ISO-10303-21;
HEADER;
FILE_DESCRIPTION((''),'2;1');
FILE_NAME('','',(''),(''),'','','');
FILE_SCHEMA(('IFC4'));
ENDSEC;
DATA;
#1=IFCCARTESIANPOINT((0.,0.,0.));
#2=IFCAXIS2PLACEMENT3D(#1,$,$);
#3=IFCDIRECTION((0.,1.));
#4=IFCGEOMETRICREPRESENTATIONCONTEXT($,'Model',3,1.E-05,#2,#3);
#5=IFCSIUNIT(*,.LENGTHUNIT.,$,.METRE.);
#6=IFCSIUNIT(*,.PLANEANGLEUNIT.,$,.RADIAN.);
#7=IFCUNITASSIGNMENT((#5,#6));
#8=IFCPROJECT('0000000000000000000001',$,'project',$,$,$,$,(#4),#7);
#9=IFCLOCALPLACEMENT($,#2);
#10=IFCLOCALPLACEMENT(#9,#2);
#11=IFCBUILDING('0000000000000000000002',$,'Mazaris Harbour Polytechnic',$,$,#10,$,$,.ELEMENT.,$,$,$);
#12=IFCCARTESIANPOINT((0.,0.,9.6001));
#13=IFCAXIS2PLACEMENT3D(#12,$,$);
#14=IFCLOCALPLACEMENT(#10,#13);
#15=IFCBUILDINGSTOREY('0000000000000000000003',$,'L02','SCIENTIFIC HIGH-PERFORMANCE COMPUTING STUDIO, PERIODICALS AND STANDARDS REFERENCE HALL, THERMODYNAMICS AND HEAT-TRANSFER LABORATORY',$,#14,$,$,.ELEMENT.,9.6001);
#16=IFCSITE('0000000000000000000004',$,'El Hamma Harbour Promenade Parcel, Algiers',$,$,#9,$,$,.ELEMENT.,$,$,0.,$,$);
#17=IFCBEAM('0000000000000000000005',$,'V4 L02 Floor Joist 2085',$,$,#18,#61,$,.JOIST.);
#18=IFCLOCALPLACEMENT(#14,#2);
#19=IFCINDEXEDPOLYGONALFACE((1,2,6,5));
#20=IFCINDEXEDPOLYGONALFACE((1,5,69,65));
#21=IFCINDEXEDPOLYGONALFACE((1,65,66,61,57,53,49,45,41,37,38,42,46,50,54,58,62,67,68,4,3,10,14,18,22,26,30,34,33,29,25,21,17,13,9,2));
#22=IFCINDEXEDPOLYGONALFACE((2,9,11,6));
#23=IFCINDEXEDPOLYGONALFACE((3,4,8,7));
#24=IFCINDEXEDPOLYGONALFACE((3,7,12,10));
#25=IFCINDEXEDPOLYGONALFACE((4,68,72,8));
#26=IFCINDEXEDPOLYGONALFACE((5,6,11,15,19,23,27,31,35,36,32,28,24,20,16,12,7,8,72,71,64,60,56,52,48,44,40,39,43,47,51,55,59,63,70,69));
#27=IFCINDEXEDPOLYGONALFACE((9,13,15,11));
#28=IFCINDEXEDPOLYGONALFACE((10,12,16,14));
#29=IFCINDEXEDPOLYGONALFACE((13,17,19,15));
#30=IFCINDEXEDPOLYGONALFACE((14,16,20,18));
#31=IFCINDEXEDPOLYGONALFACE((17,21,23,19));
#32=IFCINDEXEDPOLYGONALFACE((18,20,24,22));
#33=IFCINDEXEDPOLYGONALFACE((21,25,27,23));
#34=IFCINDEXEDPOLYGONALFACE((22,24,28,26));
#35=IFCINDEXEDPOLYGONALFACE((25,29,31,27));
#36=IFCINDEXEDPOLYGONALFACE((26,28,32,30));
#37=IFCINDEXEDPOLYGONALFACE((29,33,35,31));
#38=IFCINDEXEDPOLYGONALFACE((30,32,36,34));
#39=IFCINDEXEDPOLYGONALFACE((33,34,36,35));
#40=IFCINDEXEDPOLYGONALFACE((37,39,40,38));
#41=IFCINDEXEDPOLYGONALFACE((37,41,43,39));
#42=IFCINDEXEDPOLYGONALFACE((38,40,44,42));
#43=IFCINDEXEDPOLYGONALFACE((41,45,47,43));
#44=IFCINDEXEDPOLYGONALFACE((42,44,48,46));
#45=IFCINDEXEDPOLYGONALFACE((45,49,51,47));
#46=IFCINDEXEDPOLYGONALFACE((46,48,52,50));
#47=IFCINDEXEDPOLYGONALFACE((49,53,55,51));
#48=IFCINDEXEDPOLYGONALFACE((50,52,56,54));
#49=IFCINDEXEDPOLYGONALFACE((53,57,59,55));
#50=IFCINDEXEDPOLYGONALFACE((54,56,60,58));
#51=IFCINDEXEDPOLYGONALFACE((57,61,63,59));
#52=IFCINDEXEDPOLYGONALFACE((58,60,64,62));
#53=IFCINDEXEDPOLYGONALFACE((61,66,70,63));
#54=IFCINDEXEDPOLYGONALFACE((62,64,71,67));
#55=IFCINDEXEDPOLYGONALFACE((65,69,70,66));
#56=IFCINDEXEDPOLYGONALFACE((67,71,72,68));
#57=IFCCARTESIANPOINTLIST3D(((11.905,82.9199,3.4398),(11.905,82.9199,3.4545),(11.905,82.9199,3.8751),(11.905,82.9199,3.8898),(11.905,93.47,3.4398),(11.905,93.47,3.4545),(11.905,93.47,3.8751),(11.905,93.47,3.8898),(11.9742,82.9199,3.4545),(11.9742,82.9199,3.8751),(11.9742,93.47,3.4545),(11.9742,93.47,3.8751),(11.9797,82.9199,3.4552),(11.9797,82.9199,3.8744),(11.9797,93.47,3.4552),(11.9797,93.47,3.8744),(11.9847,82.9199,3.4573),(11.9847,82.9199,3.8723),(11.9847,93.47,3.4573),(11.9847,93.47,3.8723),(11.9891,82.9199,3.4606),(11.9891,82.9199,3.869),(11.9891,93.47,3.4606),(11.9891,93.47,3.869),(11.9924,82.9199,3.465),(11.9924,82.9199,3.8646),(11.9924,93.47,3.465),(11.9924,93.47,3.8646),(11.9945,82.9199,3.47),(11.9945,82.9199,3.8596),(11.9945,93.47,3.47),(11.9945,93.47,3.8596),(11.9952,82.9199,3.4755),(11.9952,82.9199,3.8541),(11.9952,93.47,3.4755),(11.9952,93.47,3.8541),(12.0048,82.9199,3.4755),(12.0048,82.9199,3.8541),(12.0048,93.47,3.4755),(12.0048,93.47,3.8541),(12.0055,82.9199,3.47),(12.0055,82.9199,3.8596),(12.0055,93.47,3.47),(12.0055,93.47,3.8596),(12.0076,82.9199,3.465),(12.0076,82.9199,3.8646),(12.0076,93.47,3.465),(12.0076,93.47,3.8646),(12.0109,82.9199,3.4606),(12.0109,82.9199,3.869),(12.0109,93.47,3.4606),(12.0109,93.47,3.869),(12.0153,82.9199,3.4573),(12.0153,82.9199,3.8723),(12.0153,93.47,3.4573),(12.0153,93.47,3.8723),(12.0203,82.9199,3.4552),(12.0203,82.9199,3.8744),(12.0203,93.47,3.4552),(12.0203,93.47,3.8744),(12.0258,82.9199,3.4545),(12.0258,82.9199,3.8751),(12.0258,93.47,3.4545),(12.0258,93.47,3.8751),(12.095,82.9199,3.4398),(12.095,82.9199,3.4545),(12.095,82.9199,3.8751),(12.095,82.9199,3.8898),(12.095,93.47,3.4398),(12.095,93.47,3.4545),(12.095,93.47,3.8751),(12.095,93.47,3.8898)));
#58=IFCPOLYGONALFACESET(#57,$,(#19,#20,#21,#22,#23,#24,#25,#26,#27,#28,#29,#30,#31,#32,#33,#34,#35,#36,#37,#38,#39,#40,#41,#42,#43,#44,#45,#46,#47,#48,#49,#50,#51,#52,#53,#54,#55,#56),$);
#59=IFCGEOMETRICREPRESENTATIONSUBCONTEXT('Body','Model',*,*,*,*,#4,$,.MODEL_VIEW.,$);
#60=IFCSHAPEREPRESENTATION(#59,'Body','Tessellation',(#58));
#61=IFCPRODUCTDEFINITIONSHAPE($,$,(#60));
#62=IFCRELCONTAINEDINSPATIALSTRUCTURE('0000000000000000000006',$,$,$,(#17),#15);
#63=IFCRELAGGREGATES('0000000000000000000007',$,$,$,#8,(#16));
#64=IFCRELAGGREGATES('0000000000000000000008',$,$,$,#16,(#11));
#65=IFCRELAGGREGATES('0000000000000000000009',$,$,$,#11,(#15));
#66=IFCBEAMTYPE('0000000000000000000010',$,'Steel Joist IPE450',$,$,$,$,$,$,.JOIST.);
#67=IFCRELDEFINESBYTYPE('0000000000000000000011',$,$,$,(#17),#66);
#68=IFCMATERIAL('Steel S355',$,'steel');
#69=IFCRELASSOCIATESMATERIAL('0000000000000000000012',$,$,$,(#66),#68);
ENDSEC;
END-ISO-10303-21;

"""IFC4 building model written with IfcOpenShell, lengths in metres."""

from ifc_helpers import new_model, si_unit, direction, frame, origin, origin_2d, place, context, subcontext, project, spatial, i_section, extrude, material, material_profile, profile_set, type_object, element, save


model = new_model("IFC4")

# Units and contexts
model_context = context("Model", 3, precision=1e-05, world=origin(), true_north=direction((0.0, 1.0)))
body_context = subcontext(model_context, "Body", "Model", "MODEL_VIEW")
ifc_project = project(units=[si_unit("LENGTHUNIT", "METRE"), si_unit("PLANEANGLEUNIT", "RADIAN")], contexts=[model_context])

# Site, building, storey
site_placement = place(None, origin())
site = spatial("IfcSite", under=ifc_project, at=site_placement, Name="El Hamma Harbour Promenade Parcel, Algiers", CompositionType="ELEMENT", RefElevation=0.0)
building_placement = place(site_placement, origin())
building = spatial("IfcBuilding", under=site, at=building_placement, Name="Mazaris Harbour Polytechnic", CompositionType="ELEMENT")
storey_placement = place(building_placement, frame((0.0, 0.0, 9.6001)))
storey = spatial("IfcBuildingStorey", under=building, at=storey_placement, Name="L02", Description="SCIENTIFIC HIGH-PERFORMANCE COMPUTING STUDIO, PERIODICALS AND STANDARDS REFERENCE HALL, THERMODYNAMICS AND HEAT-TRANSFER LABORATORY", CompositionType="ELEMENT", Elevation=9.6001)

# Beam
ifc_material_1 = material(Name="Steel S355", Category="steel")
ifc_material_profile_1 = material_profile(ifc_material_1, i_section(OverallWidth=0.1899, OverallDepth=0.45, WebThickness=0.0095, FlangeThickness=0.0146, FilletRadius=0.021, at=origin_2d()), Name="IPE 450")
ifc_profile_set_1 = profile_set([ifc_material_profile_1], Name="Steel S355")
beam_type_1 = type_object("IfcBeamType", Name="Steel Joist IPE450", PredefinedType="JOIST", material=ifc_profile_set_1)
beam_1_placement = place(storey_placement, frame((12.0, 82.9199, 3.6648), z_axis=(0.0, 1.0, 0.0), x_axis=(-1.0, 0.0, 0.0)))
element("IfcBeam", 1, at=beam_1_placement, inside=storey, type_object=beam_type_1, Name="V4 L02 Floor Joist 2085", PredefinedType="JOIST", context=body_context, shape_type="SweptSolid", body=[
    extrude(i_section(OverallWidth=0.1899, OverallDepth=0.45, WebThickness=0.0095, FlangeThickness=0.0146, FilletRadius=0.021, at=origin_2d()), origin(), (0.0, 0.0, 1.0), 10.55),
])

save(model, "model.ifc")
